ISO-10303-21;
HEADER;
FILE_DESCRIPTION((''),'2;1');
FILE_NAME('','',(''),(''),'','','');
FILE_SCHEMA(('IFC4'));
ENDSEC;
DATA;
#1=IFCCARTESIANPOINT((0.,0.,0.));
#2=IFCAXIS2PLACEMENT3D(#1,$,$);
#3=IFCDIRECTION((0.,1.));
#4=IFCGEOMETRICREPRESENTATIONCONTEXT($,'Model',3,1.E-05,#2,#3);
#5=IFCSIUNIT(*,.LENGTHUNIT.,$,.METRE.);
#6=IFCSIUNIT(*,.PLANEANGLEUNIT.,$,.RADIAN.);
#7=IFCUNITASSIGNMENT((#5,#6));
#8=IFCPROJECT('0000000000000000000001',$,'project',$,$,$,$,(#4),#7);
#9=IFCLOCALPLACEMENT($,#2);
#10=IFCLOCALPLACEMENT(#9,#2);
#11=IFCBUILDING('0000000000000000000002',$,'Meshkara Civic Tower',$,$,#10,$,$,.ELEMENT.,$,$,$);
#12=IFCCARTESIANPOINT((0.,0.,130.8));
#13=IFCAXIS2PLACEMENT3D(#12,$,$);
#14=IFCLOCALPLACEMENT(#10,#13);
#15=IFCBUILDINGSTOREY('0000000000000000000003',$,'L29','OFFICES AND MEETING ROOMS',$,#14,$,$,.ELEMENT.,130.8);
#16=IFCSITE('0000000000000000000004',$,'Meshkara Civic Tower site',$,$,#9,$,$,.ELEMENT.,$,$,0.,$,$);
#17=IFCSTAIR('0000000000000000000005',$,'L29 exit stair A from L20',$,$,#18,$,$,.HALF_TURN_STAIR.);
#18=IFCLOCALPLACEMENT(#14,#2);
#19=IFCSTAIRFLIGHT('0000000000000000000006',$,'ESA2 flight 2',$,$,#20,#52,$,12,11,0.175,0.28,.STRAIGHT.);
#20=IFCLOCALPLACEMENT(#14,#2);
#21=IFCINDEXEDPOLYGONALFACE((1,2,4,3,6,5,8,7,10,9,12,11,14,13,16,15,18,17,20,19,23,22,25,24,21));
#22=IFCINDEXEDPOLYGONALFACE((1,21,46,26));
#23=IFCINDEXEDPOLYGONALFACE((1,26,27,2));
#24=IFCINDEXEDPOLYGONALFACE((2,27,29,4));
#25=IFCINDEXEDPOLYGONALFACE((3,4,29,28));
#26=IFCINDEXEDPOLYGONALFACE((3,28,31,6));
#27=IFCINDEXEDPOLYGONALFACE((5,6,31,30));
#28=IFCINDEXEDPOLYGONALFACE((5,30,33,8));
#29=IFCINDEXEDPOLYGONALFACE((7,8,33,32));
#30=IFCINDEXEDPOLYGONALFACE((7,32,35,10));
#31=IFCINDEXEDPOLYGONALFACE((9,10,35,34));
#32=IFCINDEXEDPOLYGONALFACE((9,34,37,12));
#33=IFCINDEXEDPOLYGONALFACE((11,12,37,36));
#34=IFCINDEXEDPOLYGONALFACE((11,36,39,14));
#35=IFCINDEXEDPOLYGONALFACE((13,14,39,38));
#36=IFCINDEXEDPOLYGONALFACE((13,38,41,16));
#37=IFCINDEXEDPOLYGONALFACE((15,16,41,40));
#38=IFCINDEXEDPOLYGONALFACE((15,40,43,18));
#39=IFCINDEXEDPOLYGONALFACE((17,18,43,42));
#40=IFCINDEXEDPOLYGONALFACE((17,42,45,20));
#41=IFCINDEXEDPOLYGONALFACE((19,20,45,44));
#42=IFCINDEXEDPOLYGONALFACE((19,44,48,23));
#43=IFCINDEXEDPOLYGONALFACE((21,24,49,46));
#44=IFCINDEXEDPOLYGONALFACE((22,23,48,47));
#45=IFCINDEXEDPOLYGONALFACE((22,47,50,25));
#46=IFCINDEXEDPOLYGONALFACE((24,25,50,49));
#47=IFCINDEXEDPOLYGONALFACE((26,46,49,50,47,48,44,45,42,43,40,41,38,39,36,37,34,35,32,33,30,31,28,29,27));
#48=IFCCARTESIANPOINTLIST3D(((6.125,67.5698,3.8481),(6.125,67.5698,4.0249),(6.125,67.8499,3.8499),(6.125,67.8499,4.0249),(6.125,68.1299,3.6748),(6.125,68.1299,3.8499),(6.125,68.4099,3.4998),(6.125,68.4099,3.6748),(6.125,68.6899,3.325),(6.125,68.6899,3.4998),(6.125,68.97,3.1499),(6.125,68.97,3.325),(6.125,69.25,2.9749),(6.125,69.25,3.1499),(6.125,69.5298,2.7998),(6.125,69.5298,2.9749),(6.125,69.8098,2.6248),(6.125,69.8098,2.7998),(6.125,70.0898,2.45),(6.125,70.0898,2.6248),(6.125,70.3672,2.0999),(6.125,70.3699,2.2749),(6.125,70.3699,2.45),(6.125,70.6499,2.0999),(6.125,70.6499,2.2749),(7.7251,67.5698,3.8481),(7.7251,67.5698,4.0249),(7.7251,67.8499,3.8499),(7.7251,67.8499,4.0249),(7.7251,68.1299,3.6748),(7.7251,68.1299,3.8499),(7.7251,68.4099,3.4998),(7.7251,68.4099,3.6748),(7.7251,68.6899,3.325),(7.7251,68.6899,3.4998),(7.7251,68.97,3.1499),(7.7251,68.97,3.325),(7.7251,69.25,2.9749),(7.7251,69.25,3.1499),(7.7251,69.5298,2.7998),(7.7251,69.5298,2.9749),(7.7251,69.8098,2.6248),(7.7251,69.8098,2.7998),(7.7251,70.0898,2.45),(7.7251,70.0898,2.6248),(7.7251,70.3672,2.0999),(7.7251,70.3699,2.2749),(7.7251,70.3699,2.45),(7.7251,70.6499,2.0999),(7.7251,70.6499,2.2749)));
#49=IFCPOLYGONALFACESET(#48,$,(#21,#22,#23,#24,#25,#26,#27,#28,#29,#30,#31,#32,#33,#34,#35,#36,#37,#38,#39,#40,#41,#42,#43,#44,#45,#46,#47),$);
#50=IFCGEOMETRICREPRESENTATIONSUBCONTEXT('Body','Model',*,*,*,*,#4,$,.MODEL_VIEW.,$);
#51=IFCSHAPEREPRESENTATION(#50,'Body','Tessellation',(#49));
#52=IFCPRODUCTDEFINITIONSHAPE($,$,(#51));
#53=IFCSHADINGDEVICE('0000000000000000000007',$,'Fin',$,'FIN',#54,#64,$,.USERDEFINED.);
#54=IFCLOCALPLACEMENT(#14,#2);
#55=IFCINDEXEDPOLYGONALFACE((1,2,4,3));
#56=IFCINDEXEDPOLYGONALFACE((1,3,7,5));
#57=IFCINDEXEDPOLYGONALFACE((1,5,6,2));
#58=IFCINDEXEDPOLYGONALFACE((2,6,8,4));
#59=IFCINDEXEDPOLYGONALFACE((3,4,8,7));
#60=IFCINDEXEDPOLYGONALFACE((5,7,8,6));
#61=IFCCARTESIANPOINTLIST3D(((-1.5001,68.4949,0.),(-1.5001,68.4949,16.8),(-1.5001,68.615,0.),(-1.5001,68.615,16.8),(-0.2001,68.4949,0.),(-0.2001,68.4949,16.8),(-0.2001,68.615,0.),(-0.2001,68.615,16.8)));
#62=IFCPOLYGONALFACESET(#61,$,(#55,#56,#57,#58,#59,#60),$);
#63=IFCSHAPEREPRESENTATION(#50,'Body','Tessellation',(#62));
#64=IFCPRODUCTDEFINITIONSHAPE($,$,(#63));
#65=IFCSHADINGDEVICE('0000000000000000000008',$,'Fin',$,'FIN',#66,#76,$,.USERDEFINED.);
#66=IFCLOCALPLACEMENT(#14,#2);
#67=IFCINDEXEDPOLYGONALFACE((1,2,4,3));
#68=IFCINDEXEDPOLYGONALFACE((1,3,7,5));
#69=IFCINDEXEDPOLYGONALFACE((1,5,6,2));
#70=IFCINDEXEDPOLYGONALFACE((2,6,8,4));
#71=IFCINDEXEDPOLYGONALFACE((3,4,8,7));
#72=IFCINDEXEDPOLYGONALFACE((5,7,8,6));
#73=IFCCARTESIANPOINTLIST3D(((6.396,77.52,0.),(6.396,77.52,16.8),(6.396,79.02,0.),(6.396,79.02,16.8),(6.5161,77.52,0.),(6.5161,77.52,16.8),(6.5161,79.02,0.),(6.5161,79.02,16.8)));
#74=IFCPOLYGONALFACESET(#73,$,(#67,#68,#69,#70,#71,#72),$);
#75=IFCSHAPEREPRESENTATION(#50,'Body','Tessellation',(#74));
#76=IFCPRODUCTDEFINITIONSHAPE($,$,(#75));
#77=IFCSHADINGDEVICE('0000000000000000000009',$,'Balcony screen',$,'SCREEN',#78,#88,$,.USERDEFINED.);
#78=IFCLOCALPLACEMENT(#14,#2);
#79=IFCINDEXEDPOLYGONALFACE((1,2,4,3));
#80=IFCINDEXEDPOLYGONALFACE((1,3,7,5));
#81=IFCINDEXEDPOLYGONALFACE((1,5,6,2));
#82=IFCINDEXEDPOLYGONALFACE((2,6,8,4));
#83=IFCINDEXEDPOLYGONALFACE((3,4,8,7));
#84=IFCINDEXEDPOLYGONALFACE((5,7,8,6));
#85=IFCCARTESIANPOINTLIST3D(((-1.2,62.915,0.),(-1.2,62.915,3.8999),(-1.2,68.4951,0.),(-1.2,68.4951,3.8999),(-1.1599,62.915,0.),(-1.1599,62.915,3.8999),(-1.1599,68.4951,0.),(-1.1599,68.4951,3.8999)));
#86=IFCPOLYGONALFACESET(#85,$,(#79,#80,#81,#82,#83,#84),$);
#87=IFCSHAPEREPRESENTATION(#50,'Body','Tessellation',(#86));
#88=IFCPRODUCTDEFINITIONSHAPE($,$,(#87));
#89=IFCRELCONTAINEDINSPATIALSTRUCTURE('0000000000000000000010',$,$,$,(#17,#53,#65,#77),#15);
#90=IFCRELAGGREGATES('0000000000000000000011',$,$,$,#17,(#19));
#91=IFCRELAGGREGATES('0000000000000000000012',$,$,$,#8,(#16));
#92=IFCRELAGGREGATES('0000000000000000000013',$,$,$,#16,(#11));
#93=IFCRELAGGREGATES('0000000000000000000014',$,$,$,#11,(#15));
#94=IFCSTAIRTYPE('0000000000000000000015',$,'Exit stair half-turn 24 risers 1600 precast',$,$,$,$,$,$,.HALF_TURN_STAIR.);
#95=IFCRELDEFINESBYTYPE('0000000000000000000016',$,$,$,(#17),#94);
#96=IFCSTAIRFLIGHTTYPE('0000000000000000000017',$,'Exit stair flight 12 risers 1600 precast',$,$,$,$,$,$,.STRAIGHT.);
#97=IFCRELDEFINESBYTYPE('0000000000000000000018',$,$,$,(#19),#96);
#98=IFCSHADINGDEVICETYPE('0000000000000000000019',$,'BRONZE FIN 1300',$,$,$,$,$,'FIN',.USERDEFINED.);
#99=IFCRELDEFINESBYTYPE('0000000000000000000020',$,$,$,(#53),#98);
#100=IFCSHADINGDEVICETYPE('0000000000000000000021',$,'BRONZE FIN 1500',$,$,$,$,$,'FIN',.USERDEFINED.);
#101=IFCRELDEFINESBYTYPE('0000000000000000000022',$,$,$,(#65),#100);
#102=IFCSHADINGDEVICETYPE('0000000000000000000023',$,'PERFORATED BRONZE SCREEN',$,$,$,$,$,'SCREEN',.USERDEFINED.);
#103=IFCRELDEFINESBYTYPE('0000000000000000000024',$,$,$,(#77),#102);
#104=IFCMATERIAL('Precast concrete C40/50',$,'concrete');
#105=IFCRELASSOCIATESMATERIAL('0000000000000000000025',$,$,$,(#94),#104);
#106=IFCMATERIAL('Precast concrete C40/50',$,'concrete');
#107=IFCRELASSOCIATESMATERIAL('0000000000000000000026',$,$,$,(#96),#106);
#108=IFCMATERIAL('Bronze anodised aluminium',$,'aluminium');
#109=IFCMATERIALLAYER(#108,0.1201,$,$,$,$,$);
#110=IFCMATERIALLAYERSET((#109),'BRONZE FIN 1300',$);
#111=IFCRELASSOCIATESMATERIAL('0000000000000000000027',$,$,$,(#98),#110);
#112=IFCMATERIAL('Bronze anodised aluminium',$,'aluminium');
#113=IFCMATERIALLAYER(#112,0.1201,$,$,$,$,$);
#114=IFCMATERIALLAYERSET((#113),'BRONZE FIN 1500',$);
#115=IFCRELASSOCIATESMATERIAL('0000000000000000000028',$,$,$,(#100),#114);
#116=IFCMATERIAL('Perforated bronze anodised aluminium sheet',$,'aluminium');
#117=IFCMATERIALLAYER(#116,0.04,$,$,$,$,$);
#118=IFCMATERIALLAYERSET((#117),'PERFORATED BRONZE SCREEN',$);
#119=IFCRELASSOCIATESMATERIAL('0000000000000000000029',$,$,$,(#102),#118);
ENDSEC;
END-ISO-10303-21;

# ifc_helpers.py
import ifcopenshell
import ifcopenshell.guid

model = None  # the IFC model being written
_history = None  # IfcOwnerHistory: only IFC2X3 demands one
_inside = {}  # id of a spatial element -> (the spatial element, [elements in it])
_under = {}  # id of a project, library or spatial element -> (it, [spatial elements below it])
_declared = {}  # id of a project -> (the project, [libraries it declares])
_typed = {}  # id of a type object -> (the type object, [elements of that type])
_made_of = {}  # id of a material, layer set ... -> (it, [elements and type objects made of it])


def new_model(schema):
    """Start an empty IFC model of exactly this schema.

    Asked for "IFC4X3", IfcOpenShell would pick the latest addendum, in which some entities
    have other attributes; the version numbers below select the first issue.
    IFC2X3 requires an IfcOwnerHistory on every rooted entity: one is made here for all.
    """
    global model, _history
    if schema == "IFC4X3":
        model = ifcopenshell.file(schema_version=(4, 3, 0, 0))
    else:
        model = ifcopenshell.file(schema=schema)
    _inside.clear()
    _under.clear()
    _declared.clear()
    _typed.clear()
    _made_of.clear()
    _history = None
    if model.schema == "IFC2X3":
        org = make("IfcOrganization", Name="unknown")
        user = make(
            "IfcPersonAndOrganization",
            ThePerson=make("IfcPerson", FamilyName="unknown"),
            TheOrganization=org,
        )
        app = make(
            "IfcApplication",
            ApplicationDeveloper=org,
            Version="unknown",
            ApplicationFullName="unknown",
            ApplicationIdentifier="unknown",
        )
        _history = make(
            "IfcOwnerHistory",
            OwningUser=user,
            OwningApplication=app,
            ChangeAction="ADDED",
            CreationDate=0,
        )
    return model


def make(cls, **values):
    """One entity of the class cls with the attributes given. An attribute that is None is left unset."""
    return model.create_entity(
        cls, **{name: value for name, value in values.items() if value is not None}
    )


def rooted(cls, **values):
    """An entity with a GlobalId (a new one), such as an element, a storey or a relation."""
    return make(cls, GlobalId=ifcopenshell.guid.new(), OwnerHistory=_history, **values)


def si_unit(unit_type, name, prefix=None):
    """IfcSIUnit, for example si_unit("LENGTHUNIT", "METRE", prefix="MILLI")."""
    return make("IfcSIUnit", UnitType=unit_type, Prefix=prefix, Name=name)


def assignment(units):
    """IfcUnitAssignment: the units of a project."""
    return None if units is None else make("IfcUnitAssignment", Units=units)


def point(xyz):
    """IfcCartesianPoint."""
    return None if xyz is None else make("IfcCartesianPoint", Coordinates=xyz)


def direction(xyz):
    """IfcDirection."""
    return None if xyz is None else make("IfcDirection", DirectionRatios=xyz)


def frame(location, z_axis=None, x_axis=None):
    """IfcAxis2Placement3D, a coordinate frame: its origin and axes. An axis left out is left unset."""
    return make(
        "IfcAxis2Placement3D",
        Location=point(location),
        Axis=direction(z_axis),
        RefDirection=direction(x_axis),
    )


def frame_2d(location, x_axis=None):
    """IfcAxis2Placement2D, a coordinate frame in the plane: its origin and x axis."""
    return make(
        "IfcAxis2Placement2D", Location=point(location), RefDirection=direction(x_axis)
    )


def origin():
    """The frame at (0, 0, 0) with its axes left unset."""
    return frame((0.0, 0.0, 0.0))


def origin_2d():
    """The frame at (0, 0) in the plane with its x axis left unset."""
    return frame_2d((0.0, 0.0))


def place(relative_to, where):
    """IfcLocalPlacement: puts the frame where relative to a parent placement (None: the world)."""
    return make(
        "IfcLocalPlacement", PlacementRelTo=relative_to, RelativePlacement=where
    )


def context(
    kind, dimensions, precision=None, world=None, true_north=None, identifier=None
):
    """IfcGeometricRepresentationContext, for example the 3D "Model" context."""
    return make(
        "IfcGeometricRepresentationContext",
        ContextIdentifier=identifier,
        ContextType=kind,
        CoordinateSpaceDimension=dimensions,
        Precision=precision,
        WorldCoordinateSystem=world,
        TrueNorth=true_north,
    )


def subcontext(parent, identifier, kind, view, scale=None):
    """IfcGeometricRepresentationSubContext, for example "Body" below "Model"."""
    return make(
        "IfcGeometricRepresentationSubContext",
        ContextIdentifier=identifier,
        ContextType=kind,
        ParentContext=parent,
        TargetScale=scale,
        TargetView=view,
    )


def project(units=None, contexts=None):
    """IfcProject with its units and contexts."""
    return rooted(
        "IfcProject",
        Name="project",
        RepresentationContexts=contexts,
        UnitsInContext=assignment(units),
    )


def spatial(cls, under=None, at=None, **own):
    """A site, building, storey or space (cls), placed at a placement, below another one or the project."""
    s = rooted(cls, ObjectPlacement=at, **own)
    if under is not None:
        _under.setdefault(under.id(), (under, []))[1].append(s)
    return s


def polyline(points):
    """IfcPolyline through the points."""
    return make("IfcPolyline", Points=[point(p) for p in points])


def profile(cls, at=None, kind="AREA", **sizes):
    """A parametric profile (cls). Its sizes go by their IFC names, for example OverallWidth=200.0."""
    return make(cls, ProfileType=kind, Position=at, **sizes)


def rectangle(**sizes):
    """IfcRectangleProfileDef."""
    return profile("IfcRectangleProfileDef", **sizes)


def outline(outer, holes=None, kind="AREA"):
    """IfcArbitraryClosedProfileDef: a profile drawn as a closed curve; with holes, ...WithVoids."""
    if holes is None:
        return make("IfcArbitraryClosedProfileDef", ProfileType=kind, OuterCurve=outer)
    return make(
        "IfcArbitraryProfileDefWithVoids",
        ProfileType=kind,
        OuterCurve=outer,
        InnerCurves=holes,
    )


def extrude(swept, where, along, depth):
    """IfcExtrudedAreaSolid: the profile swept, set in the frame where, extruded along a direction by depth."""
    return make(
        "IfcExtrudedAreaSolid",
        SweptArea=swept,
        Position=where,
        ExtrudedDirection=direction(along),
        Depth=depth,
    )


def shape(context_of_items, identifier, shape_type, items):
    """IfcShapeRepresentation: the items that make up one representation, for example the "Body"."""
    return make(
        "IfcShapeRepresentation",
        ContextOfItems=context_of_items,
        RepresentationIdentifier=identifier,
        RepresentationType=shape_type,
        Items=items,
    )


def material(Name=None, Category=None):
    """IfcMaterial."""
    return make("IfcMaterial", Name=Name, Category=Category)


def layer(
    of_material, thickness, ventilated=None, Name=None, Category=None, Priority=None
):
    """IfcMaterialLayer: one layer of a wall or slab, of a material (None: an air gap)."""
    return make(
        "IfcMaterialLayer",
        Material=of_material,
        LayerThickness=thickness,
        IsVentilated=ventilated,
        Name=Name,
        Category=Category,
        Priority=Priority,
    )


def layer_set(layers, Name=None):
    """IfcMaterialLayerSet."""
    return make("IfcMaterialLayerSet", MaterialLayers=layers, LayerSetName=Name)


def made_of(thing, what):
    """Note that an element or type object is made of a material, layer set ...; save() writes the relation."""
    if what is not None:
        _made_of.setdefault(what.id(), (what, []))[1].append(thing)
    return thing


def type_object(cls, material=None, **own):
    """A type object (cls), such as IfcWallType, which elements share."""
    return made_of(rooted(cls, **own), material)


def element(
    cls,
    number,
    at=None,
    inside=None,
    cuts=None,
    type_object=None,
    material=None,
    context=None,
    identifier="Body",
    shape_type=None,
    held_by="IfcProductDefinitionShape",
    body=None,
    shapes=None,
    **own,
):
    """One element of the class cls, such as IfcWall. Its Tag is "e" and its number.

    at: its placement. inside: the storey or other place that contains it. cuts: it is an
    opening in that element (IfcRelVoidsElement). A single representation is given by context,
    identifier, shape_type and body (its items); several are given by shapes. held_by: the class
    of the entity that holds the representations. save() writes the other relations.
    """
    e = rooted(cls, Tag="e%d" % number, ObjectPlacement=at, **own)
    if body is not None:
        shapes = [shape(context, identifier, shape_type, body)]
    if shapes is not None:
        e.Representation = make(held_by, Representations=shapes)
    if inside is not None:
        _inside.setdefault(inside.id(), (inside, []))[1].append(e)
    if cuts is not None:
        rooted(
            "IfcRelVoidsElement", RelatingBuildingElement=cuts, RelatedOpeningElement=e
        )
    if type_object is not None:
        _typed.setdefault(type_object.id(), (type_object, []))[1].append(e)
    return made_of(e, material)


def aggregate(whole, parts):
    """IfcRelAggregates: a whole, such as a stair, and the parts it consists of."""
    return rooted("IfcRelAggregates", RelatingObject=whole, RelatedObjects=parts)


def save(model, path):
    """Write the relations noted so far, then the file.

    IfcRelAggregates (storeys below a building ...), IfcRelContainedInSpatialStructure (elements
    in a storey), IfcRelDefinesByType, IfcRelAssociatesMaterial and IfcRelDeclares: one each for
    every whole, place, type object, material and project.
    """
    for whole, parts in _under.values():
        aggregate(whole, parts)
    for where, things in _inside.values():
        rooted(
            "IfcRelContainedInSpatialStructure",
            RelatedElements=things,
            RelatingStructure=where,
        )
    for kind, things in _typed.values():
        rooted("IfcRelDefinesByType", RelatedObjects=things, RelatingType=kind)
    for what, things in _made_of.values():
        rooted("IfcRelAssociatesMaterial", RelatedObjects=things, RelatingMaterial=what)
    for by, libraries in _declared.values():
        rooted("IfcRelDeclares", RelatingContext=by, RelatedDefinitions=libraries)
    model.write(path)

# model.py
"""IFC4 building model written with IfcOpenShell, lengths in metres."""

from ifc_helpers import new_model, si_unit, direction, frame, origin, origin_2d, place, context, subcontext, project, spatial, polyline, rectangle, outline, extrude, material, layer, layer_set, type_object, element, aggregate, save


model = new_model("IFC4")

# Units and contexts
model_context = context("Model", 3, precision=1e-05, world=origin(), true_north=direction((0.0, 1.0)))
body_context = subcontext(model_context, "Body", "Model", "MODEL_VIEW")
ifc_project = project(units=[si_unit("LENGTHUNIT", "METRE"), si_unit("PLANEANGLEUNIT", "RADIAN")], contexts=[model_context])

# Site, building, storey
site_placement = place(None, origin())
site = spatial("IfcSite", under=ifc_project, at=site_placement, Name="Meshkara Civic Tower site", CompositionType="ELEMENT", RefElevation=0.0)
building_placement = place(site_placement, origin())
building = spatial("IfcBuilding", under=site, at=building_placement, Name="Meshkara Civic Tower", CompositionType="ELEMENT")
storey_placement = place(building_placement, frame((0.0, 0.0, 130.8)))
storey = spatial("IfcBuildingStorey", under=building, at=storey_placement, Name="L29", Description="OFFICES AND MEETING ROOMS", CompositionType="ELEMENT", Elevation=130.8)

# Stair, stair flight
ifc_material_1 = material(Name="Precast concrete C40/50", Category="concrete")
stair_type = type_object("IfcStairType", Name="Exit stair half-turn 24 risers 1600 precast", PredefinedType="HALF_TURN_STAIR", material=ifc_material_1)
stair_placement = place(storey_placement, origin())
stair = element("IfcStair", 1, at=stair_placement, inside=storey, type_object=stair_type, Name="L29 exit stair A from L20", PredefinedType="HALF_TURN_STAIR")
ifc_material_2 = material(Name="Precast concrete C40/50", Category="concrete")
stair_flight_type = type_object("IfcStairFlightType", Name="Exit stair flight 12 risers 1600 precast", PredefinedType="STRAIGHT", material=ifc_material_2)
stair_flight_1_placement = place(storey_placement, frame((6.925, 70.6499, 2.0999), z_axis=(0.0, 0.0, 1.0), x_axis=(0.0, -1.0, 0.0)))
stair_flight_1 = element("IfcStairFlight", 2, at=stair_flight_1_placement, type_object=stair_flight_type, Name="ESA2 flight 2", NumberOfRisers=12, NumberOfTreads=11, PredefinedType="STRAIGHT", RiserHeight=0.175, TreadLength=0.28, context=body_context, shape_type="SweptSolid", body=[
    extrude(outline(polyline([(0.0, 0.0), (0.0, 0.175), (0.28, 0.175), (0.28, 0.3501), (0.5601, 0.3501), (0.5601, 0.5249), (0.8401, 0.5249), (0.8401, 0.7), (1.1201, 0.7), (1.1201, 0.875), (1.3999, 0.875), (1.3999, 1.05), (1.6799, 1.05), (1.6799, 1.2251), (1.96, 1.2251), (1.96, 1.3999), (2.24, 1.3999), (2.24, 1.575), (2.52, 1.575), (2.52, 1.75), (2.8, 1.75), (2.8, 1.925), (3.0801, 1.925), (3.0801, 2.1001), (3.0801, 1.7483), (0.2827, 0.0), (0.0, 0.0)])), frame((0.0, 0.8, 0.0), z_axis=(0.0, -1.0, 0.0), x_axis=(1.0, 0.0, 0.0)), (0.0, 0.0, 1.0), 1.6001),
])
aggregate(stair, [stair_flight_1])

# Shading devices
ifc_material_3 = material(Name="Bronze anodised aluminium", Category="aluminium")
ifc_layer_1 = layer(ifc_material_3, 0.1201)
ifc_layer_set_1 = layer_set([ifc_layer_1], Name="BRONZE FIN 1300")
shading_device_type_1 = type_object("IfcShadingDeviceType", Name="BRONZE FIN 1300", ElementType="FIN", PredefinedType="USERDEFINED", material=ifc_layer_set_1)
shading_device_1_placement = place(storey_placement, frame((-0.8501, 68.5549, 0.0), z_axis=(0.0, 0.0, 1.0), x_axis=(0.0, -1.0, 0.0)))
element("IfcShadingDevice", 3, at=shading_device_1_placement, inside=storey, type_object=shading_device_type_1, Name="Fin", ObjectType="FIN", PredefinedType="USERDEFINED", context=body_context, shape_type="SweptSolid", body=[
    extrude(rectangle(XDim=0.1201, YDim=1.3, at=origin_2d()), origin(), (0.0, 0.0, 1.0), 16.8),
])
ifc_material_4 = material(Name="Bronze anodised aluminium", Category="aluminium")
ifc_layer_2 = layer(ifc_material_4, 0.1201)
ifc_layer_set_2 = layer_set([ifc_layer_2], Name="BRONZE FIN 1500")
shading_device_type_2 = type_object("IfcShadingDeviceType", Name="BRONZE FIN 1500", ElementType="FIN", PredefinedType="USERDEFINED", material=ifc_layer_set_2)
shading_device_2_placement = place(storey_placement, frame((6.4561, 78.27, 0.0), z_axis=(0.0, 0.0, 1.0), x_axis=(-1.0, 0.0, 0.0)))
element("IfcShadingDevice", 4, at=shading_device_2_placement, inside=storey, type_object=shading_device_type_2, Name="Fin", ObjectType="FIN", PredefinedType="USERDEFINED", context=body_context, shape_type="SweptSolid", body=[
    extrude(rectangle(XDim=0.1201, YDim=1.5, at=origin_2d()), origin(), (0.0, 0.0, 1.0), 16.8),
])
ifc_material_5 = material(Name="Perforated bronze anodised aluminium sheet", Category="aluminium")
ifc_layer_3 = layer(ifc_material_5, 0.04)
ifc_layer_set_3 = layer_set([ifc_layer_3], Name="PERFORATED BRONZE SCREEN")
shading_device_type_3 = type_object("IfcShadingDeviceType", Name="PERFORATED BRONZE SCREEN", ElementType="SCREEN", PredefinedType="USERDEFINED", material=ifc_layer_set_3)
shading_device_3_placement = place(storey_placement, frame((-1.1799, 65.7051, 0.0), z_axis=(0.0, 0.0, 1.0), x_axis=(0.0, -1.0, 0.0)))
element("IfcShadingDevice", 5, at=shading_device_3_placement, inside=storey, type_object=shading_device_type_3, Name="Balcony screen", ObjectType="SCREEN", PredefinedType="USERDEFINED", context=body_context, shape_type="SweptSolid", body=[
    extrude(rectangle(XDim=5.5801, YDim=0.04, at=origin_2d()), origin(), (0.0, 0.0, 1.0), 3.8999),
])

save(model, "model.ifc")
